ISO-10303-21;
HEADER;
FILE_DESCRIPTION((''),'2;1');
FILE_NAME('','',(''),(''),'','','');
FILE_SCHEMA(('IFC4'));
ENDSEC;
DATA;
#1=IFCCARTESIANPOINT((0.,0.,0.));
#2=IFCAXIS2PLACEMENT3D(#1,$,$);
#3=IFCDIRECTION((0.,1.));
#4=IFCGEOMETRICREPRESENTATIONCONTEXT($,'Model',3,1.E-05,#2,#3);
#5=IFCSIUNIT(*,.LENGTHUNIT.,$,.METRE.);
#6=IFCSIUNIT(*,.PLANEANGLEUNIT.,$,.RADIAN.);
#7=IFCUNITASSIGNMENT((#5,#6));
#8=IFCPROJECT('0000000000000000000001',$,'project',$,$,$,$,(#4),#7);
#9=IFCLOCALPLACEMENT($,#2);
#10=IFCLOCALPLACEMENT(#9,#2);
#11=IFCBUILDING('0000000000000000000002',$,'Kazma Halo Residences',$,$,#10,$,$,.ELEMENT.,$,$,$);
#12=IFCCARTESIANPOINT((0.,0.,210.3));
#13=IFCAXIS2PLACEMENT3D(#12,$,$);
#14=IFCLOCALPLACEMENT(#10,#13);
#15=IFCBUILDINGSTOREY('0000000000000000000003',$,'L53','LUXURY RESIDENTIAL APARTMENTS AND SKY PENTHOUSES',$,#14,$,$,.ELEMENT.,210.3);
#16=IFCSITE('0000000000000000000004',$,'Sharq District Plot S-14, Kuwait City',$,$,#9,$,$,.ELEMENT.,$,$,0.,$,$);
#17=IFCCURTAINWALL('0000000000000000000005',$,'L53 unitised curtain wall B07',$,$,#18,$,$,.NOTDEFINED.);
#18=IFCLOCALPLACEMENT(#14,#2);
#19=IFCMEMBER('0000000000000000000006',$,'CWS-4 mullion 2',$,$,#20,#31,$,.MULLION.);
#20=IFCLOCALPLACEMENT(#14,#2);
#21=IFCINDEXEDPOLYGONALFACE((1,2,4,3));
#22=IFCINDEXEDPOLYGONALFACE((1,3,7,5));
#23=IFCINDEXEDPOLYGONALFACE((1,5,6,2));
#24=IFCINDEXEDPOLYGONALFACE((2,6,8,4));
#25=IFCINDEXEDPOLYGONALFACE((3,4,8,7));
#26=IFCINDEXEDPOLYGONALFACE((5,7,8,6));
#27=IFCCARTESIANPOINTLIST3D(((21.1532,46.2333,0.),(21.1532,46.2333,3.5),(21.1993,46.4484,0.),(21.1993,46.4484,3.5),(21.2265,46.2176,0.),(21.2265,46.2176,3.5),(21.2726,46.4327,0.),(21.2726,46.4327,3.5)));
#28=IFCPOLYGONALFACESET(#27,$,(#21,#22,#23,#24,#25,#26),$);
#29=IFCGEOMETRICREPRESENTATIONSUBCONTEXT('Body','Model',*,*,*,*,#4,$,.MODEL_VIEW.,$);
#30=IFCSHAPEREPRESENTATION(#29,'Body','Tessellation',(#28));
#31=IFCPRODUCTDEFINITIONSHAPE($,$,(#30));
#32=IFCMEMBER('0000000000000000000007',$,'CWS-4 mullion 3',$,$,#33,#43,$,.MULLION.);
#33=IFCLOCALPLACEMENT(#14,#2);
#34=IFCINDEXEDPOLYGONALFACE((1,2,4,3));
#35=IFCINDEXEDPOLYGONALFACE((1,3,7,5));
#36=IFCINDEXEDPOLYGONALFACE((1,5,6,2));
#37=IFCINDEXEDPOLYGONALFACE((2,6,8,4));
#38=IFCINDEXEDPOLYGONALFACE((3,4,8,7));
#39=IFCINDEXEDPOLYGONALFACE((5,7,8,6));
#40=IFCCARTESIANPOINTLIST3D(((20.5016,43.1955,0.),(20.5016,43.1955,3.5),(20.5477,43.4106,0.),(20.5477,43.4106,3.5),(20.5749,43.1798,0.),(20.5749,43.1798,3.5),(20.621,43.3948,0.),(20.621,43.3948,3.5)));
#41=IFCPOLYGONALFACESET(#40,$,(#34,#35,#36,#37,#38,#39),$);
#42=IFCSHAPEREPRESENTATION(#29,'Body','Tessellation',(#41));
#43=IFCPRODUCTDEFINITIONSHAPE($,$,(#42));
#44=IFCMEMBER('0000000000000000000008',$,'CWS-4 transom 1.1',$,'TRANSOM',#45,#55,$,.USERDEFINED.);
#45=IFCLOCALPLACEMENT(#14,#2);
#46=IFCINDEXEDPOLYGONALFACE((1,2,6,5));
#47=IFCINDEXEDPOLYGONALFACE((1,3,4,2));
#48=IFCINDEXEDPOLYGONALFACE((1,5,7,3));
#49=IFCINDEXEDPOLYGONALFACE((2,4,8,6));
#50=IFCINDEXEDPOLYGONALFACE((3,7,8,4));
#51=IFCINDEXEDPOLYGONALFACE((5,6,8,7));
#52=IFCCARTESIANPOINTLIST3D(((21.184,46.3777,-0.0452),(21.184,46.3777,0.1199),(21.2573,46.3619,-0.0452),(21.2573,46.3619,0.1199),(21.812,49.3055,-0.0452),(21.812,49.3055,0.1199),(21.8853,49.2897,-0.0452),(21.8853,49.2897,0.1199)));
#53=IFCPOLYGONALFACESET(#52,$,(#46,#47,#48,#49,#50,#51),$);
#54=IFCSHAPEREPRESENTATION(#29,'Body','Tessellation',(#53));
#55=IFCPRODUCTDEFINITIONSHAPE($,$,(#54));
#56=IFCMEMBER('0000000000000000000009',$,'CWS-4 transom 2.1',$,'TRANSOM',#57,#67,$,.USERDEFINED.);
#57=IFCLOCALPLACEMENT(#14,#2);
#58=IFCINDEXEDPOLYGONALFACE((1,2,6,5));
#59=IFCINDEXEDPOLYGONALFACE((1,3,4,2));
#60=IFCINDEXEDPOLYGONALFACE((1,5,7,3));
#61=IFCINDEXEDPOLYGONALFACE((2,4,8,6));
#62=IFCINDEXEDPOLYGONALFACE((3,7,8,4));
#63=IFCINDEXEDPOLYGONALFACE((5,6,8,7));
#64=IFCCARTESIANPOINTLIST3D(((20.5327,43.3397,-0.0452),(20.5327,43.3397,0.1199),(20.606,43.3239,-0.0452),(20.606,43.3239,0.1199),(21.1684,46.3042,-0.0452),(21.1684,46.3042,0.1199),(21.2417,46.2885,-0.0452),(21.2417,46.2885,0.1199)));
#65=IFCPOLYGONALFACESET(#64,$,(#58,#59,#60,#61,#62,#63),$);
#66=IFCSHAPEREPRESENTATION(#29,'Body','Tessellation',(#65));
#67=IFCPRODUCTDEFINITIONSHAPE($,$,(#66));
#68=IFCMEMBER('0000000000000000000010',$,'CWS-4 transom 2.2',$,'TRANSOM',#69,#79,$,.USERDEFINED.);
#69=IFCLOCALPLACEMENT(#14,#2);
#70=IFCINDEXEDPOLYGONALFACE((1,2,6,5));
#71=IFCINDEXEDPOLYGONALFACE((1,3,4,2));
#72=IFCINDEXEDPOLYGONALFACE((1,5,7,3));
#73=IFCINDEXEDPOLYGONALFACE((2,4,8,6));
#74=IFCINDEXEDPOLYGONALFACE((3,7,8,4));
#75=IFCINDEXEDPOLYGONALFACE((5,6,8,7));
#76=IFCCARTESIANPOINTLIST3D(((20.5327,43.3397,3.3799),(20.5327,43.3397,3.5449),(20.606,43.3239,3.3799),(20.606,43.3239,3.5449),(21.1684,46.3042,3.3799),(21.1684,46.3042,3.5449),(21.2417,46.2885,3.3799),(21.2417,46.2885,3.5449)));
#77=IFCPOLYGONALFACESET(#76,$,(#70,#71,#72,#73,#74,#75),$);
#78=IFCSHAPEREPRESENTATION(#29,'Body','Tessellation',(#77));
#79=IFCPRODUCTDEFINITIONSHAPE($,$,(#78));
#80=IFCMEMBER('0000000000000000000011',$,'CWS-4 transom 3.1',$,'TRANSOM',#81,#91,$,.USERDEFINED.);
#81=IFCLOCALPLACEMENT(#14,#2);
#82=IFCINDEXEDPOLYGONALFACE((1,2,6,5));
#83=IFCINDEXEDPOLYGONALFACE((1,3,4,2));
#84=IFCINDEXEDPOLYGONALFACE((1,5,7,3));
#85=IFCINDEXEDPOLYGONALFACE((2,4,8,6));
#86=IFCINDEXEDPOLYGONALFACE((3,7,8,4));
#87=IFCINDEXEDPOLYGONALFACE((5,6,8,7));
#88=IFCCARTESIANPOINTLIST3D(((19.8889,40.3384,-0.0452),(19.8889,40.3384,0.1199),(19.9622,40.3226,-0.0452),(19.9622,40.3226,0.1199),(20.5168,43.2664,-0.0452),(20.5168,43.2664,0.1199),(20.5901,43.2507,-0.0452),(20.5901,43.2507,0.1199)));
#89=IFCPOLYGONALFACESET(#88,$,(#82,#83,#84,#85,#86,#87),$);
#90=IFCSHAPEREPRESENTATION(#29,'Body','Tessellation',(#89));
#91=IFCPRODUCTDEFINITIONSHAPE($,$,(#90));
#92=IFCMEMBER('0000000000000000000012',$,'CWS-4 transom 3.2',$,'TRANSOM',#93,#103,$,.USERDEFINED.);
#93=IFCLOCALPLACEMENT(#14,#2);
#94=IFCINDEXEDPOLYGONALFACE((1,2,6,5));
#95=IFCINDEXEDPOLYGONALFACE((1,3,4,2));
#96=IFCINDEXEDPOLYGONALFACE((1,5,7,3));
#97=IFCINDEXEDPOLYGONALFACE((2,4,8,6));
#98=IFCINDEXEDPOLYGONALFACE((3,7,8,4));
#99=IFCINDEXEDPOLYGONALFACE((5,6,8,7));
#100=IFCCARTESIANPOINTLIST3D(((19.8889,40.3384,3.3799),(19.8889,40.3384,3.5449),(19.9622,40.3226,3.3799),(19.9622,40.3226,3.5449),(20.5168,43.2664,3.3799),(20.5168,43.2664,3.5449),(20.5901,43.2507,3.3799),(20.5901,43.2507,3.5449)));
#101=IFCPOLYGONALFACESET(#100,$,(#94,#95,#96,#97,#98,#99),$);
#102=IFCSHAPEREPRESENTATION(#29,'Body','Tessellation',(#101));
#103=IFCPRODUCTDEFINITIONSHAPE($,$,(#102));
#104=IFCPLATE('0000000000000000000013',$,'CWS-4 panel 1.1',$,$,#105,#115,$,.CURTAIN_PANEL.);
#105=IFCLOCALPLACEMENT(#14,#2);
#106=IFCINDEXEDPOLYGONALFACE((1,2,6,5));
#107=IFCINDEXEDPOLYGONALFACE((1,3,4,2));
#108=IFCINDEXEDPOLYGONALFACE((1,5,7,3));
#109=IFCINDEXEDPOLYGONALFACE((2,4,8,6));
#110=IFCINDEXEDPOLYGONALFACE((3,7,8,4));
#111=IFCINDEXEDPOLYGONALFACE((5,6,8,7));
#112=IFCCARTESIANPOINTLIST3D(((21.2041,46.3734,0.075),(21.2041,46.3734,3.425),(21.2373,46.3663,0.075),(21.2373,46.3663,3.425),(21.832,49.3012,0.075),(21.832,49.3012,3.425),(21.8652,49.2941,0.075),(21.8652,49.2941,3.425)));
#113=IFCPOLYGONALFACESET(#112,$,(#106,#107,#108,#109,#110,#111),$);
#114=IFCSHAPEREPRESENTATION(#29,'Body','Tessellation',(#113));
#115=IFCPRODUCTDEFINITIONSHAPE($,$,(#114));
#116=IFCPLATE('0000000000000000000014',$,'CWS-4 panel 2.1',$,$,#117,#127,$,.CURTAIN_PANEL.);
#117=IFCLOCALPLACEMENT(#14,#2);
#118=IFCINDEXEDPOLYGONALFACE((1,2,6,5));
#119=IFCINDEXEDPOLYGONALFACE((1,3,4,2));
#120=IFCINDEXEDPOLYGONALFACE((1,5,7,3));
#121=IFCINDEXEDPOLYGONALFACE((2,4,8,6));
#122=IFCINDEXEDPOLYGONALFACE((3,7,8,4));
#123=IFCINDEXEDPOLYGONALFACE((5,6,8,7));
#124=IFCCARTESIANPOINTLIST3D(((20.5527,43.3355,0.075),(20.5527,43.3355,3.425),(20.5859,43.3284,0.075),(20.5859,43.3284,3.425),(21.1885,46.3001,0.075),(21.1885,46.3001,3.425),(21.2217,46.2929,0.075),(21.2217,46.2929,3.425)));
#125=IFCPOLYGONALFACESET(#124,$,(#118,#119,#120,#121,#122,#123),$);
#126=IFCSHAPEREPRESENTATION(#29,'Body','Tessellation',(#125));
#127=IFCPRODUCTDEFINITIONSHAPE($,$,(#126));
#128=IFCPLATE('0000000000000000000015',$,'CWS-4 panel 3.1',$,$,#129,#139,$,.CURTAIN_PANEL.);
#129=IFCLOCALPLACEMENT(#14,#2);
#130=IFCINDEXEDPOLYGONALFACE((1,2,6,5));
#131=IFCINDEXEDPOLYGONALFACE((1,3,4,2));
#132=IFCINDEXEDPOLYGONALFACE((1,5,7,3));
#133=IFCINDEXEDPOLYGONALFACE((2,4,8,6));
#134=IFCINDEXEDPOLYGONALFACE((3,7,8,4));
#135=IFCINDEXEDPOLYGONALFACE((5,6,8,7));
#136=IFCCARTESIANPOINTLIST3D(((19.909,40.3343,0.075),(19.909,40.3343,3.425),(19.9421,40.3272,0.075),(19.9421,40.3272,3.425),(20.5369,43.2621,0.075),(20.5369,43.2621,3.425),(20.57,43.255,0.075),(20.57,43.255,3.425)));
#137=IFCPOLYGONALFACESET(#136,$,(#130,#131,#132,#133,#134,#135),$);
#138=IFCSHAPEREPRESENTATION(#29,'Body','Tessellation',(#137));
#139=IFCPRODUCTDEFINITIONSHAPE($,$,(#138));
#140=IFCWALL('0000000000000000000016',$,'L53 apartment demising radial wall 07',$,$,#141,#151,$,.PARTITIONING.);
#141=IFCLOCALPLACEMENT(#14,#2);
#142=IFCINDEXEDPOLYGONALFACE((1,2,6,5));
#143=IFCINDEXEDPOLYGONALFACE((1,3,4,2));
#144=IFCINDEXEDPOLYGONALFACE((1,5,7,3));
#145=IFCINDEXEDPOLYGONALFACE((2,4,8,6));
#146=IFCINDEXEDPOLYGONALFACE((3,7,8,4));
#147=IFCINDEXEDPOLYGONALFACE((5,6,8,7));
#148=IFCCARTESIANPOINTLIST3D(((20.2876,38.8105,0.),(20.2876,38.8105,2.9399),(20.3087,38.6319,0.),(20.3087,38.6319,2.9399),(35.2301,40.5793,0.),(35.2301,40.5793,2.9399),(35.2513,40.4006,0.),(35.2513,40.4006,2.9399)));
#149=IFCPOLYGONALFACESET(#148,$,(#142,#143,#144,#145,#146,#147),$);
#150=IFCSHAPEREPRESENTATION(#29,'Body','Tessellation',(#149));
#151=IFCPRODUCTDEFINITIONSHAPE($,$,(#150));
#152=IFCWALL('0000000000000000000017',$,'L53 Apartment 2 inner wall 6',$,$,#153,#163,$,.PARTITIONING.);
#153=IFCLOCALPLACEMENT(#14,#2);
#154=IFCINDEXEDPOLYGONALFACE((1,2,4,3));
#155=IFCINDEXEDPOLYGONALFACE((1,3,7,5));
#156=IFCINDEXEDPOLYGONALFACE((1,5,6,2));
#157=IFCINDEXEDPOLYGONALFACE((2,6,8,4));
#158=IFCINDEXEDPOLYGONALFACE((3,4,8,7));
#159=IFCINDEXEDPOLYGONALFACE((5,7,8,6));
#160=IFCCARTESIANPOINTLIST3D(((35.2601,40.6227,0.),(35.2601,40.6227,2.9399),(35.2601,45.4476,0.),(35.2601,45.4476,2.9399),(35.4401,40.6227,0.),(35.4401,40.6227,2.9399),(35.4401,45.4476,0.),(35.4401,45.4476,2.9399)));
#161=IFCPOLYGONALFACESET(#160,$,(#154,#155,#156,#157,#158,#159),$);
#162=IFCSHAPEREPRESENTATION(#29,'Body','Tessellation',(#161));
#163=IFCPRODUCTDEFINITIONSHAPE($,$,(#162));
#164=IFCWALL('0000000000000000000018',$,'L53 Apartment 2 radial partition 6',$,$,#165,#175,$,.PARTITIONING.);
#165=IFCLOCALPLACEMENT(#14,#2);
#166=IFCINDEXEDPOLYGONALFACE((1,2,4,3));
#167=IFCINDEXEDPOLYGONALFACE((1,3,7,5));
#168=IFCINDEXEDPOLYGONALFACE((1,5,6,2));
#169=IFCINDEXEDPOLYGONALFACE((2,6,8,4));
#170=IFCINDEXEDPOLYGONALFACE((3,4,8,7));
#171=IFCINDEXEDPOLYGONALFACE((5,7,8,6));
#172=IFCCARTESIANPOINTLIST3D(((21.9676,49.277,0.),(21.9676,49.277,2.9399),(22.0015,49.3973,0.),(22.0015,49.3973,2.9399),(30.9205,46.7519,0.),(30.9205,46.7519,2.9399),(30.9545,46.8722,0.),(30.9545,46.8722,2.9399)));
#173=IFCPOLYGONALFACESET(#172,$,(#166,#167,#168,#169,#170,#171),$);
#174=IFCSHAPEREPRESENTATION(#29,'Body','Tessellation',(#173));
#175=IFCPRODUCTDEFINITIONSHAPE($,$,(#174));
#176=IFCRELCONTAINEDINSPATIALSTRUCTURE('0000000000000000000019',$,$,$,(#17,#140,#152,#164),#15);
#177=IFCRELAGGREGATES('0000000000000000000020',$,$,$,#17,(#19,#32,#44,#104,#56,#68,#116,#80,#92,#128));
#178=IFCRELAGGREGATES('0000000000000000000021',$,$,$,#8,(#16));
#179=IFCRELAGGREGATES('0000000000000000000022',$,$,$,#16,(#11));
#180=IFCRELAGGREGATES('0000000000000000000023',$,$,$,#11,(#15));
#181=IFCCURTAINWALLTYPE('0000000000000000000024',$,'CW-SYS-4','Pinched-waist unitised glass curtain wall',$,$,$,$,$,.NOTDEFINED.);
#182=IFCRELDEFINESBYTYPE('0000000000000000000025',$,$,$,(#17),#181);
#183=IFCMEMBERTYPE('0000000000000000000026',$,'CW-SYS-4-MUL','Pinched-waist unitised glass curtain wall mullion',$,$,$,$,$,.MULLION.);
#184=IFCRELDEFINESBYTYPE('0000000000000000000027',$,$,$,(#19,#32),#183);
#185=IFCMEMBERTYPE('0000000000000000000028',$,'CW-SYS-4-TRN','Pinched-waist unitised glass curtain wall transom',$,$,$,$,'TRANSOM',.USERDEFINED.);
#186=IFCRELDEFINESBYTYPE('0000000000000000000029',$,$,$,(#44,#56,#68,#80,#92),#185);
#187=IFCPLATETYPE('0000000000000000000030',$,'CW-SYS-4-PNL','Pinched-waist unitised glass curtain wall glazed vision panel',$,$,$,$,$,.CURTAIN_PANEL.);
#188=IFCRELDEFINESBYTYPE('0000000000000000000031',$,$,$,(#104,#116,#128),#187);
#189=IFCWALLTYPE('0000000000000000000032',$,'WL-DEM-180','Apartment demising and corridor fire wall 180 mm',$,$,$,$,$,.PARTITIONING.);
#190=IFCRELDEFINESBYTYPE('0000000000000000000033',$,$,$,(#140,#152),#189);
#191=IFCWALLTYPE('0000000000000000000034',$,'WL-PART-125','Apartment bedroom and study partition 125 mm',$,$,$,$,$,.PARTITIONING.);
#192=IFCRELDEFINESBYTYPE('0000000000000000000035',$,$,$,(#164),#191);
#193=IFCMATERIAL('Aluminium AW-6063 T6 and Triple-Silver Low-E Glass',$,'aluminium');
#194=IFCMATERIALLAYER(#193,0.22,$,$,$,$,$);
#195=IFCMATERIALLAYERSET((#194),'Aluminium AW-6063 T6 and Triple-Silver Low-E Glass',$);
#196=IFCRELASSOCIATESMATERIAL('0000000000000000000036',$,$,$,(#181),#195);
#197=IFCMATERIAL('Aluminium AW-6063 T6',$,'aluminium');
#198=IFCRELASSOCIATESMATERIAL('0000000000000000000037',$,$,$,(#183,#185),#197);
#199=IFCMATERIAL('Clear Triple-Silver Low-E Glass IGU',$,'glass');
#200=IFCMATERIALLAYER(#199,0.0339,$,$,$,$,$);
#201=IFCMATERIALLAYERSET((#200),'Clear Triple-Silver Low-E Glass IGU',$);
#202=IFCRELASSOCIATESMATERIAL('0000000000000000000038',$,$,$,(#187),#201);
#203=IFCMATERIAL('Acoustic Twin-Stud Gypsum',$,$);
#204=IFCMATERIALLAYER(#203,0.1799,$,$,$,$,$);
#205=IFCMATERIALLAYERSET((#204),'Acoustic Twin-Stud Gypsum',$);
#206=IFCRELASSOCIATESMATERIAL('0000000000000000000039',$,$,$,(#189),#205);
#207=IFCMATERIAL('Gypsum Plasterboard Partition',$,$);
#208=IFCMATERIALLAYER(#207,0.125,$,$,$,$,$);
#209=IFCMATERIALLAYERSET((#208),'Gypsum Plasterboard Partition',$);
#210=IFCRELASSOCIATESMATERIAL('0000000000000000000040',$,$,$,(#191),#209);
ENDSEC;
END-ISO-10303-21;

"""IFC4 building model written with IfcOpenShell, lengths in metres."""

from ifc_helpers import new_model, si_unit, direction, frame, frame_2d, origin, origin_2d, place, context, subcontext, project, spatial, rectangle, extrude, material, layer, layer_set, material_profile, profile_set, type_object, element, aggregate, save


model = new_model("IFC4")

# Units and contexts
model_context = context("Model", 3, precision=1e-05, world=origin(), true_north=direction((0.0, 1.0)))
body_context = subcontext(model_context, "Body", "Model", "MODEL_VIEW")
ifc_project = project(units=[si_unit("LENGTHUNIT", "METRE"), si_unit("PLANEANGLEUNIT", "RADIAN")], contexts=[model_context])

# Site, building, storey
site_placement = place(None, origin())
site = spatial("IfcSite", under=ifc_project, at=site_placement, Name="Sharq District Plot S-14, Kuwait City", CompositionType="ELEMENT", RefElevation=0.0)
building_placement = place(site_placement, origin())
building = spatial("IfcBuilding", under=site, at=building_placement, Name="Kazma Halo Residences", CompositionType="ELEMENT")
storey_placement = place(building_placement, frame((0.0, 0.0, 210.3)))
storey = spatial("IfcBuildingStorey", under=building, at=storey_placement, Name="L53", Description="LUXURY RESIDENTIAL APARTMENTS AND SKY PENTHOUSES", CompositionType="ELEMENT", Elevation=210.3)

# Curtain wall, members, plates
ifc_material_1 = material(Name="Aluminium AW-6063 T6 and Triple-Silver Low-E Glass", Category="aluminium")
ifc_layer_1 = layer(ifc_material_1, 0.22)
ifc_layer_set_1 = layer_set([ifc_layer_1], Name="Aluminium AW-6063 T6 and Triple-Silver Low-E Glass")
curtain_wall_type = type_object("IfcCurtainWallType", Name="CW-SYS-4", Description="Pinched-waist unitised glass curtain wall", PredefinedType="NOTDEFINED", material=ifc_layer_set_1)
curtain_wall_placement = place(storey_placement, origin())
curtain_wall = element("IfcCurtainWall", 1, at=curtain_wall_placement, inside=storey, type_object=curtain_wall_type, Name="L53 unitised curtain wall B07", PredefinedType="NOTDEFINED")
ifc_material_2 = material(Name="Aluminium AW-6063 T6", Category="aluminium")
ifc_material_profile_1 = material_profile(ifc_material_2, rectangle(XDim=0.075, YDim=0.22, at=origin_2d()), Name="CWM-75x220")
ifc_profile_set_1 = profile_set([ifc_material_profile_1], Name="Aluminium AW-6063 T6")
member_type_1 = type_object("IfcMemberType", Name="CW-SYS-4-MUL", Description="Pinched-waist unitised glass curtain wall mullion", PredefinedType="MULLION", material=ifc_profile_set_1)
member_1_placement = place(storey_placement, frame((21.2129, 46.333, 0.0), z_axis=(0.0, 0.0, 1.0), x_axis=(0.977768, -0.20969, 0.0)))
member_1 = element("IfcMember", 2, at=member_1_placement, type_object=member_type_1, Name="CWS-4 mullion 2", PredefinedType="MULLION", context=body_context, shape_type="SweptSolid", body=[
    extrude(rectangle(XDim=0.075, YDim=0.22, at=origin_2d()), origin(), (0.0, 0.0, 1.0), 3.5),
])
member_2_placement = place(storey_placement, frame((20.5613, 43.2952, 0.0), z_axis=(0.0, 0.0, 1.0), x_axis=(0.977768, -0.20969, 0.0)))
member_2 = element("IfcMember", 3, at=member_2_placement, type_object=member_type_1, Name="CWS-4 mullion 3", PredefinedType="MULLION", context=body_context, shape_type="SweptSolid", body=[
    extrude(rectangle(XDim=0.075, YDim=0.22, at=origin_2d()), origin(), (0.0, 0.0, 1.0), 3.5),
])
ifc_material_profile_2 = material_profile(ifc_material_2, rectangle(XDim=0.075, YDim=0.165, at=origin_2d()), Name="CWT-75x165")
ifc_profile_set_2 = profile_set([ifc_material_profile_2], Name="Aluminium AW-6063 T6")
member_type_2 = type_object("IfcMemberType", Name="CW-SYS-4-TRN", Description="Pinched-waist unitised glass curtain wall transom", ElementType="TRANSOM", PredefinedType="USERDEFINED", material=ifc_profile_set_2)
member_3_placement = place(storey_placement, frame((21.8486, 49.2976, 0.0374), z_axis=(-0.209707, -0.977764, 0.0), x_axis=(0.977764, -0.209707, 0.0)))
member_3 = element("IfcMember", 4, at=member_3_placement, type_object=member_type_2, Name="CWS-4 transom 1.1", ObjectType="TRANSOM", PredefinedType="USERDEFINED", context=body_context, shape_type="SweptSolid", body=[
    extrude(rectangle(XDim=0.075, YDim=0.165, at=origin_2d()), origin(), (0.0, 0.0, 1.0), 2.9944),
])
member_4_placement = place(storey_placement, frame((21.2051, 46.2964, 0.0374), z_axis=(-0.209678, -0.977771, 0.0), x_axis=(0.977771, -0.209678, 0.0)))
member_4 = element("IfcMember", 5, at=member_4_placement, type_object=member_type_2, Name="CWS-4 transom 2.1", ObjectType="TRANSOM", PredefinedType="USERDEFINED", context=body_context, shape_type="SweptSolid", body=[
    extrude(rectangle(XDim=0.075, YDim=0.165, at=origin_2d()), origin(), (0.0, 0.0, 1.0), 3.032),
])
member_5_placement = place(storey_placement, frame((21.2051, 46.2964, 3.4624), z_axis=(-0.209678, -0.977771, 0.0), x_axis=(0.977771, -0.209678, 0.0)))
member_5 = element("IfcMember", 6, at=member_5_placement, type_object=member_type_2, Name="CWS-4 transom 2.2", ObjectType="TRANSOM", PredefinedType="USERDEFINED", context=body_context, shape_type="SweptSolid", body=[
    extrude(rectangle(XDim=0.075, YDim=0.165, at=origin_2d()), origin(), (0.0, 0.0, 1.0), 3.032),
])
member_6_placement = place(storey_placement, frame((20.5535, 43.2585, 0.0374), z_axis=(-0.209691, -0.977768, 0.0), x_axis=(0.977768, -0.209691, 0.0)))
member_6 = element("IfcMember", 7, at=member_6_placement, type_object=member_type_2, Name="CWS-4 transom 3.1", ObjectType="TRANSOM", PredefinedType="USERDEFINED", context=body_context, shape_type="SweptSolid", body=[
    extrude(rectangle(XDim=0.075, YDim=0.165, at=origin_2d()), origin(), (0.0, 0.0, 1.0), 2.9946),
])
member_7_placement = place(storey_placement, frame((20.5535, 43.2585, 3.4624), z_axis=(-0.209691, -0.977768, 0.0), x_axis=(0.977768, -0.209691, 0.0)))
member_7 = element("IfcMember", 8, at=member_7_placement, type_object=member_type_2, Name="CWS-4 transom 3.2", ObjectType="TRANSOM", PredefinedType="USERDEFINED", context=body_context, shape_type="SweptSolid", body=[
    extrude(rectangle(XDim=0.075, YDim=0.165, at=origin_2d()), origin(), (0.0, 0.0, 1.0), 2.9946),
])
ifc_material_3 = material(Name="Clear Triple-Silver Low-E Glass IGU", Category="glass")
ifc_layer_2 = layer(ifc_material_3, 0.0339)
ifc_layer_set_2 = layer_set([ifc_layer_2], Name="Clear Triple-Silver Low-E Glass IGU")
plate_type = type_object("IfcPlateType", Name="CW-SYS-4-PNL", Description="Pinched-waist unitised glass curtain wall glazed vision panel", PredefinedType="CURTAIN_PANEL", material=ifc_layer_set_2)
plate_1_placement = place(storey_placement, frame((21.5347, 47.8337, 0.075), z_axis=(0.0, 0.0, 1.0), x_axis=(-0.20969, -0.977768, 0.0)))
plate_1 = element("IfcPlate", 9, at=plate_1_placement, type_object=plate_type, Name="CWS-4 panel 1.1", PredefinedType="CURTAIN_PANEL", context=body_context, shape_type="SweptSolid", body=[
    extrude(rectangle(XDim=2.9944, YDim=0.0339, at=origin_2d()), origin(), (0.0, 0.0, 1.0), 3.3501),
])
plate_2_placement = place(storey_placement, frame((20.8872, 44.8142, 0.075), z_axis=(0.0, 0.0, 1.0), x_axis=(-0.20969, -0.977768, 0.0)))
plate_2 = element("IfcPlate", 10, at=plate_2_placement, type_object=plate_type, Name="CWS-4 panel 2.1", PredefinedType="CURTAIN_PANEL", context=body_context, shape_type="SweptSolid", body=[
    extrude(rectangle(XDim=3.032, YDim=0.0339, at=origin_2d()), origin(), (0.0, 0.0, 1.0), 3.3501),
])
plate_3_placement = place(storey_placement, frame((20.2395, 41.7947, 0.075), z_axis=(0.0, 0.0, 1.0), x_axis=(-0.20969, -0.977768, 0.0)))
plate_3 = element("IfcPlate", 11, at=plate_3_placement, type_object=plate_type, Name="CWS-4 panel 3.1", PredefinedType="CURTAIN_PANEL", context=body_context, shape_type="SweptSolid", body=[
    extrude(rectangle(XDim=2.9944, YDim=0.0339, at=origin_2d()), origin(), (0.0, 0.0, 1.0), 3.3501),
])
aggregate(curtain_wall, [member_1, member_2, member_3, plate_1, member_4, member_5, plate_2, member_6, member_7, plate_3])

# Walls
ifc_material_4 = material(Name="Acoustic Twin-Stud Gypsum")
ifc_layer_3 = layer(ifc_material_4, 0.1799)
ifc_layer_set_3 = layer_set([ifc_layer_3], Name="Acoustic Twin-Stud Gypsum")
wall_type_1 = type_object("IfcWallType", Name="WL-DEM-180", Description="Apartment demising and corridor fire wall 180 mm", PredefinedType="PARTITIONING", material=ifc_layer_set_3)
wall_1_placement = place(storey_placement, frame((35.2407, 40.49, 0.0), z_axis=(0.0, 0.0, 1.0), x_axis=(-0.993067, -0.117552, 0.0)))
element("IfcWall", 12, at=wall_1_placement, inside=storey, type_object=wall_type_1, Name="L53 apartment demising radial wall 07", PredefinedType="PARTITIONING", context=body_context, shape_type="SweptSolid", body=[
    extrude(rectangle(XDim=15.0469, YDim=0.1799, at=frame_2d((7.5234, 0.0))), origin(), (0.0, 0.0, 1.0), 2.9399),
])
wall_2_placement = place(storey_placement, frame((35.3501, 45.4478, 0.0), z_axis=(0.0, 0.0, 1.0), x_axis=(0.0, -1.0, 0.0)))
element("IfcWall", 13, at=wall_2_placement, inside=storey, type_object=wall_type_1, Name="L53 Apartment 2 inner wall 6", PredefinedType="PARTITIONING", context=body_context, shape_type="SweptSolid", body=[
    extrude(rectangle(XDim=4.825, YDim=0.1799, at=frame_2d((2.4126, 0.0))), origin(), (0.0, 0.0, 1.0), 2.9399),
])
ifc_material_5 = material(Name="Gypsum Plasterboard Partition")
ifc_layer_4 = layer(ifc_material_5, 0.125)
ifc_layer_set_4 = layer_set([ifc_layer_4], Name="Gypsum Plasterboard Partition")
wall_type_2 = type_object("IfcWallType", Name="WL-PART-125", Description="Apartment bedroom and study partition 125 mm", PredefinedType="PARTITIONING", material=ifc_layer_set_4)
wall_3_placement = place(storey_placement, frame((30.9375, 46.812, 0.0), z_axis=(0.0, 0.0, 1.0), x_axis=(-0.96245, 0.271458, 0.0)))
element("IfcWall", 14, at=wall_3_placement, inside=storey, type_object=wall_type_2, Name="L53 Apartment 2 radial partition 6", PredefinedType="PARTITIONING", context=body_context, shape_type="SweptSolid", body=[
    extrude(rectangle(XDim=9.3022, YDim=0.125, at=frame_2d((4.6511, 0.0))), origin(), (0.0, 0.0, 1.0), 2.9399),
])

save(model, "model.ifc")
